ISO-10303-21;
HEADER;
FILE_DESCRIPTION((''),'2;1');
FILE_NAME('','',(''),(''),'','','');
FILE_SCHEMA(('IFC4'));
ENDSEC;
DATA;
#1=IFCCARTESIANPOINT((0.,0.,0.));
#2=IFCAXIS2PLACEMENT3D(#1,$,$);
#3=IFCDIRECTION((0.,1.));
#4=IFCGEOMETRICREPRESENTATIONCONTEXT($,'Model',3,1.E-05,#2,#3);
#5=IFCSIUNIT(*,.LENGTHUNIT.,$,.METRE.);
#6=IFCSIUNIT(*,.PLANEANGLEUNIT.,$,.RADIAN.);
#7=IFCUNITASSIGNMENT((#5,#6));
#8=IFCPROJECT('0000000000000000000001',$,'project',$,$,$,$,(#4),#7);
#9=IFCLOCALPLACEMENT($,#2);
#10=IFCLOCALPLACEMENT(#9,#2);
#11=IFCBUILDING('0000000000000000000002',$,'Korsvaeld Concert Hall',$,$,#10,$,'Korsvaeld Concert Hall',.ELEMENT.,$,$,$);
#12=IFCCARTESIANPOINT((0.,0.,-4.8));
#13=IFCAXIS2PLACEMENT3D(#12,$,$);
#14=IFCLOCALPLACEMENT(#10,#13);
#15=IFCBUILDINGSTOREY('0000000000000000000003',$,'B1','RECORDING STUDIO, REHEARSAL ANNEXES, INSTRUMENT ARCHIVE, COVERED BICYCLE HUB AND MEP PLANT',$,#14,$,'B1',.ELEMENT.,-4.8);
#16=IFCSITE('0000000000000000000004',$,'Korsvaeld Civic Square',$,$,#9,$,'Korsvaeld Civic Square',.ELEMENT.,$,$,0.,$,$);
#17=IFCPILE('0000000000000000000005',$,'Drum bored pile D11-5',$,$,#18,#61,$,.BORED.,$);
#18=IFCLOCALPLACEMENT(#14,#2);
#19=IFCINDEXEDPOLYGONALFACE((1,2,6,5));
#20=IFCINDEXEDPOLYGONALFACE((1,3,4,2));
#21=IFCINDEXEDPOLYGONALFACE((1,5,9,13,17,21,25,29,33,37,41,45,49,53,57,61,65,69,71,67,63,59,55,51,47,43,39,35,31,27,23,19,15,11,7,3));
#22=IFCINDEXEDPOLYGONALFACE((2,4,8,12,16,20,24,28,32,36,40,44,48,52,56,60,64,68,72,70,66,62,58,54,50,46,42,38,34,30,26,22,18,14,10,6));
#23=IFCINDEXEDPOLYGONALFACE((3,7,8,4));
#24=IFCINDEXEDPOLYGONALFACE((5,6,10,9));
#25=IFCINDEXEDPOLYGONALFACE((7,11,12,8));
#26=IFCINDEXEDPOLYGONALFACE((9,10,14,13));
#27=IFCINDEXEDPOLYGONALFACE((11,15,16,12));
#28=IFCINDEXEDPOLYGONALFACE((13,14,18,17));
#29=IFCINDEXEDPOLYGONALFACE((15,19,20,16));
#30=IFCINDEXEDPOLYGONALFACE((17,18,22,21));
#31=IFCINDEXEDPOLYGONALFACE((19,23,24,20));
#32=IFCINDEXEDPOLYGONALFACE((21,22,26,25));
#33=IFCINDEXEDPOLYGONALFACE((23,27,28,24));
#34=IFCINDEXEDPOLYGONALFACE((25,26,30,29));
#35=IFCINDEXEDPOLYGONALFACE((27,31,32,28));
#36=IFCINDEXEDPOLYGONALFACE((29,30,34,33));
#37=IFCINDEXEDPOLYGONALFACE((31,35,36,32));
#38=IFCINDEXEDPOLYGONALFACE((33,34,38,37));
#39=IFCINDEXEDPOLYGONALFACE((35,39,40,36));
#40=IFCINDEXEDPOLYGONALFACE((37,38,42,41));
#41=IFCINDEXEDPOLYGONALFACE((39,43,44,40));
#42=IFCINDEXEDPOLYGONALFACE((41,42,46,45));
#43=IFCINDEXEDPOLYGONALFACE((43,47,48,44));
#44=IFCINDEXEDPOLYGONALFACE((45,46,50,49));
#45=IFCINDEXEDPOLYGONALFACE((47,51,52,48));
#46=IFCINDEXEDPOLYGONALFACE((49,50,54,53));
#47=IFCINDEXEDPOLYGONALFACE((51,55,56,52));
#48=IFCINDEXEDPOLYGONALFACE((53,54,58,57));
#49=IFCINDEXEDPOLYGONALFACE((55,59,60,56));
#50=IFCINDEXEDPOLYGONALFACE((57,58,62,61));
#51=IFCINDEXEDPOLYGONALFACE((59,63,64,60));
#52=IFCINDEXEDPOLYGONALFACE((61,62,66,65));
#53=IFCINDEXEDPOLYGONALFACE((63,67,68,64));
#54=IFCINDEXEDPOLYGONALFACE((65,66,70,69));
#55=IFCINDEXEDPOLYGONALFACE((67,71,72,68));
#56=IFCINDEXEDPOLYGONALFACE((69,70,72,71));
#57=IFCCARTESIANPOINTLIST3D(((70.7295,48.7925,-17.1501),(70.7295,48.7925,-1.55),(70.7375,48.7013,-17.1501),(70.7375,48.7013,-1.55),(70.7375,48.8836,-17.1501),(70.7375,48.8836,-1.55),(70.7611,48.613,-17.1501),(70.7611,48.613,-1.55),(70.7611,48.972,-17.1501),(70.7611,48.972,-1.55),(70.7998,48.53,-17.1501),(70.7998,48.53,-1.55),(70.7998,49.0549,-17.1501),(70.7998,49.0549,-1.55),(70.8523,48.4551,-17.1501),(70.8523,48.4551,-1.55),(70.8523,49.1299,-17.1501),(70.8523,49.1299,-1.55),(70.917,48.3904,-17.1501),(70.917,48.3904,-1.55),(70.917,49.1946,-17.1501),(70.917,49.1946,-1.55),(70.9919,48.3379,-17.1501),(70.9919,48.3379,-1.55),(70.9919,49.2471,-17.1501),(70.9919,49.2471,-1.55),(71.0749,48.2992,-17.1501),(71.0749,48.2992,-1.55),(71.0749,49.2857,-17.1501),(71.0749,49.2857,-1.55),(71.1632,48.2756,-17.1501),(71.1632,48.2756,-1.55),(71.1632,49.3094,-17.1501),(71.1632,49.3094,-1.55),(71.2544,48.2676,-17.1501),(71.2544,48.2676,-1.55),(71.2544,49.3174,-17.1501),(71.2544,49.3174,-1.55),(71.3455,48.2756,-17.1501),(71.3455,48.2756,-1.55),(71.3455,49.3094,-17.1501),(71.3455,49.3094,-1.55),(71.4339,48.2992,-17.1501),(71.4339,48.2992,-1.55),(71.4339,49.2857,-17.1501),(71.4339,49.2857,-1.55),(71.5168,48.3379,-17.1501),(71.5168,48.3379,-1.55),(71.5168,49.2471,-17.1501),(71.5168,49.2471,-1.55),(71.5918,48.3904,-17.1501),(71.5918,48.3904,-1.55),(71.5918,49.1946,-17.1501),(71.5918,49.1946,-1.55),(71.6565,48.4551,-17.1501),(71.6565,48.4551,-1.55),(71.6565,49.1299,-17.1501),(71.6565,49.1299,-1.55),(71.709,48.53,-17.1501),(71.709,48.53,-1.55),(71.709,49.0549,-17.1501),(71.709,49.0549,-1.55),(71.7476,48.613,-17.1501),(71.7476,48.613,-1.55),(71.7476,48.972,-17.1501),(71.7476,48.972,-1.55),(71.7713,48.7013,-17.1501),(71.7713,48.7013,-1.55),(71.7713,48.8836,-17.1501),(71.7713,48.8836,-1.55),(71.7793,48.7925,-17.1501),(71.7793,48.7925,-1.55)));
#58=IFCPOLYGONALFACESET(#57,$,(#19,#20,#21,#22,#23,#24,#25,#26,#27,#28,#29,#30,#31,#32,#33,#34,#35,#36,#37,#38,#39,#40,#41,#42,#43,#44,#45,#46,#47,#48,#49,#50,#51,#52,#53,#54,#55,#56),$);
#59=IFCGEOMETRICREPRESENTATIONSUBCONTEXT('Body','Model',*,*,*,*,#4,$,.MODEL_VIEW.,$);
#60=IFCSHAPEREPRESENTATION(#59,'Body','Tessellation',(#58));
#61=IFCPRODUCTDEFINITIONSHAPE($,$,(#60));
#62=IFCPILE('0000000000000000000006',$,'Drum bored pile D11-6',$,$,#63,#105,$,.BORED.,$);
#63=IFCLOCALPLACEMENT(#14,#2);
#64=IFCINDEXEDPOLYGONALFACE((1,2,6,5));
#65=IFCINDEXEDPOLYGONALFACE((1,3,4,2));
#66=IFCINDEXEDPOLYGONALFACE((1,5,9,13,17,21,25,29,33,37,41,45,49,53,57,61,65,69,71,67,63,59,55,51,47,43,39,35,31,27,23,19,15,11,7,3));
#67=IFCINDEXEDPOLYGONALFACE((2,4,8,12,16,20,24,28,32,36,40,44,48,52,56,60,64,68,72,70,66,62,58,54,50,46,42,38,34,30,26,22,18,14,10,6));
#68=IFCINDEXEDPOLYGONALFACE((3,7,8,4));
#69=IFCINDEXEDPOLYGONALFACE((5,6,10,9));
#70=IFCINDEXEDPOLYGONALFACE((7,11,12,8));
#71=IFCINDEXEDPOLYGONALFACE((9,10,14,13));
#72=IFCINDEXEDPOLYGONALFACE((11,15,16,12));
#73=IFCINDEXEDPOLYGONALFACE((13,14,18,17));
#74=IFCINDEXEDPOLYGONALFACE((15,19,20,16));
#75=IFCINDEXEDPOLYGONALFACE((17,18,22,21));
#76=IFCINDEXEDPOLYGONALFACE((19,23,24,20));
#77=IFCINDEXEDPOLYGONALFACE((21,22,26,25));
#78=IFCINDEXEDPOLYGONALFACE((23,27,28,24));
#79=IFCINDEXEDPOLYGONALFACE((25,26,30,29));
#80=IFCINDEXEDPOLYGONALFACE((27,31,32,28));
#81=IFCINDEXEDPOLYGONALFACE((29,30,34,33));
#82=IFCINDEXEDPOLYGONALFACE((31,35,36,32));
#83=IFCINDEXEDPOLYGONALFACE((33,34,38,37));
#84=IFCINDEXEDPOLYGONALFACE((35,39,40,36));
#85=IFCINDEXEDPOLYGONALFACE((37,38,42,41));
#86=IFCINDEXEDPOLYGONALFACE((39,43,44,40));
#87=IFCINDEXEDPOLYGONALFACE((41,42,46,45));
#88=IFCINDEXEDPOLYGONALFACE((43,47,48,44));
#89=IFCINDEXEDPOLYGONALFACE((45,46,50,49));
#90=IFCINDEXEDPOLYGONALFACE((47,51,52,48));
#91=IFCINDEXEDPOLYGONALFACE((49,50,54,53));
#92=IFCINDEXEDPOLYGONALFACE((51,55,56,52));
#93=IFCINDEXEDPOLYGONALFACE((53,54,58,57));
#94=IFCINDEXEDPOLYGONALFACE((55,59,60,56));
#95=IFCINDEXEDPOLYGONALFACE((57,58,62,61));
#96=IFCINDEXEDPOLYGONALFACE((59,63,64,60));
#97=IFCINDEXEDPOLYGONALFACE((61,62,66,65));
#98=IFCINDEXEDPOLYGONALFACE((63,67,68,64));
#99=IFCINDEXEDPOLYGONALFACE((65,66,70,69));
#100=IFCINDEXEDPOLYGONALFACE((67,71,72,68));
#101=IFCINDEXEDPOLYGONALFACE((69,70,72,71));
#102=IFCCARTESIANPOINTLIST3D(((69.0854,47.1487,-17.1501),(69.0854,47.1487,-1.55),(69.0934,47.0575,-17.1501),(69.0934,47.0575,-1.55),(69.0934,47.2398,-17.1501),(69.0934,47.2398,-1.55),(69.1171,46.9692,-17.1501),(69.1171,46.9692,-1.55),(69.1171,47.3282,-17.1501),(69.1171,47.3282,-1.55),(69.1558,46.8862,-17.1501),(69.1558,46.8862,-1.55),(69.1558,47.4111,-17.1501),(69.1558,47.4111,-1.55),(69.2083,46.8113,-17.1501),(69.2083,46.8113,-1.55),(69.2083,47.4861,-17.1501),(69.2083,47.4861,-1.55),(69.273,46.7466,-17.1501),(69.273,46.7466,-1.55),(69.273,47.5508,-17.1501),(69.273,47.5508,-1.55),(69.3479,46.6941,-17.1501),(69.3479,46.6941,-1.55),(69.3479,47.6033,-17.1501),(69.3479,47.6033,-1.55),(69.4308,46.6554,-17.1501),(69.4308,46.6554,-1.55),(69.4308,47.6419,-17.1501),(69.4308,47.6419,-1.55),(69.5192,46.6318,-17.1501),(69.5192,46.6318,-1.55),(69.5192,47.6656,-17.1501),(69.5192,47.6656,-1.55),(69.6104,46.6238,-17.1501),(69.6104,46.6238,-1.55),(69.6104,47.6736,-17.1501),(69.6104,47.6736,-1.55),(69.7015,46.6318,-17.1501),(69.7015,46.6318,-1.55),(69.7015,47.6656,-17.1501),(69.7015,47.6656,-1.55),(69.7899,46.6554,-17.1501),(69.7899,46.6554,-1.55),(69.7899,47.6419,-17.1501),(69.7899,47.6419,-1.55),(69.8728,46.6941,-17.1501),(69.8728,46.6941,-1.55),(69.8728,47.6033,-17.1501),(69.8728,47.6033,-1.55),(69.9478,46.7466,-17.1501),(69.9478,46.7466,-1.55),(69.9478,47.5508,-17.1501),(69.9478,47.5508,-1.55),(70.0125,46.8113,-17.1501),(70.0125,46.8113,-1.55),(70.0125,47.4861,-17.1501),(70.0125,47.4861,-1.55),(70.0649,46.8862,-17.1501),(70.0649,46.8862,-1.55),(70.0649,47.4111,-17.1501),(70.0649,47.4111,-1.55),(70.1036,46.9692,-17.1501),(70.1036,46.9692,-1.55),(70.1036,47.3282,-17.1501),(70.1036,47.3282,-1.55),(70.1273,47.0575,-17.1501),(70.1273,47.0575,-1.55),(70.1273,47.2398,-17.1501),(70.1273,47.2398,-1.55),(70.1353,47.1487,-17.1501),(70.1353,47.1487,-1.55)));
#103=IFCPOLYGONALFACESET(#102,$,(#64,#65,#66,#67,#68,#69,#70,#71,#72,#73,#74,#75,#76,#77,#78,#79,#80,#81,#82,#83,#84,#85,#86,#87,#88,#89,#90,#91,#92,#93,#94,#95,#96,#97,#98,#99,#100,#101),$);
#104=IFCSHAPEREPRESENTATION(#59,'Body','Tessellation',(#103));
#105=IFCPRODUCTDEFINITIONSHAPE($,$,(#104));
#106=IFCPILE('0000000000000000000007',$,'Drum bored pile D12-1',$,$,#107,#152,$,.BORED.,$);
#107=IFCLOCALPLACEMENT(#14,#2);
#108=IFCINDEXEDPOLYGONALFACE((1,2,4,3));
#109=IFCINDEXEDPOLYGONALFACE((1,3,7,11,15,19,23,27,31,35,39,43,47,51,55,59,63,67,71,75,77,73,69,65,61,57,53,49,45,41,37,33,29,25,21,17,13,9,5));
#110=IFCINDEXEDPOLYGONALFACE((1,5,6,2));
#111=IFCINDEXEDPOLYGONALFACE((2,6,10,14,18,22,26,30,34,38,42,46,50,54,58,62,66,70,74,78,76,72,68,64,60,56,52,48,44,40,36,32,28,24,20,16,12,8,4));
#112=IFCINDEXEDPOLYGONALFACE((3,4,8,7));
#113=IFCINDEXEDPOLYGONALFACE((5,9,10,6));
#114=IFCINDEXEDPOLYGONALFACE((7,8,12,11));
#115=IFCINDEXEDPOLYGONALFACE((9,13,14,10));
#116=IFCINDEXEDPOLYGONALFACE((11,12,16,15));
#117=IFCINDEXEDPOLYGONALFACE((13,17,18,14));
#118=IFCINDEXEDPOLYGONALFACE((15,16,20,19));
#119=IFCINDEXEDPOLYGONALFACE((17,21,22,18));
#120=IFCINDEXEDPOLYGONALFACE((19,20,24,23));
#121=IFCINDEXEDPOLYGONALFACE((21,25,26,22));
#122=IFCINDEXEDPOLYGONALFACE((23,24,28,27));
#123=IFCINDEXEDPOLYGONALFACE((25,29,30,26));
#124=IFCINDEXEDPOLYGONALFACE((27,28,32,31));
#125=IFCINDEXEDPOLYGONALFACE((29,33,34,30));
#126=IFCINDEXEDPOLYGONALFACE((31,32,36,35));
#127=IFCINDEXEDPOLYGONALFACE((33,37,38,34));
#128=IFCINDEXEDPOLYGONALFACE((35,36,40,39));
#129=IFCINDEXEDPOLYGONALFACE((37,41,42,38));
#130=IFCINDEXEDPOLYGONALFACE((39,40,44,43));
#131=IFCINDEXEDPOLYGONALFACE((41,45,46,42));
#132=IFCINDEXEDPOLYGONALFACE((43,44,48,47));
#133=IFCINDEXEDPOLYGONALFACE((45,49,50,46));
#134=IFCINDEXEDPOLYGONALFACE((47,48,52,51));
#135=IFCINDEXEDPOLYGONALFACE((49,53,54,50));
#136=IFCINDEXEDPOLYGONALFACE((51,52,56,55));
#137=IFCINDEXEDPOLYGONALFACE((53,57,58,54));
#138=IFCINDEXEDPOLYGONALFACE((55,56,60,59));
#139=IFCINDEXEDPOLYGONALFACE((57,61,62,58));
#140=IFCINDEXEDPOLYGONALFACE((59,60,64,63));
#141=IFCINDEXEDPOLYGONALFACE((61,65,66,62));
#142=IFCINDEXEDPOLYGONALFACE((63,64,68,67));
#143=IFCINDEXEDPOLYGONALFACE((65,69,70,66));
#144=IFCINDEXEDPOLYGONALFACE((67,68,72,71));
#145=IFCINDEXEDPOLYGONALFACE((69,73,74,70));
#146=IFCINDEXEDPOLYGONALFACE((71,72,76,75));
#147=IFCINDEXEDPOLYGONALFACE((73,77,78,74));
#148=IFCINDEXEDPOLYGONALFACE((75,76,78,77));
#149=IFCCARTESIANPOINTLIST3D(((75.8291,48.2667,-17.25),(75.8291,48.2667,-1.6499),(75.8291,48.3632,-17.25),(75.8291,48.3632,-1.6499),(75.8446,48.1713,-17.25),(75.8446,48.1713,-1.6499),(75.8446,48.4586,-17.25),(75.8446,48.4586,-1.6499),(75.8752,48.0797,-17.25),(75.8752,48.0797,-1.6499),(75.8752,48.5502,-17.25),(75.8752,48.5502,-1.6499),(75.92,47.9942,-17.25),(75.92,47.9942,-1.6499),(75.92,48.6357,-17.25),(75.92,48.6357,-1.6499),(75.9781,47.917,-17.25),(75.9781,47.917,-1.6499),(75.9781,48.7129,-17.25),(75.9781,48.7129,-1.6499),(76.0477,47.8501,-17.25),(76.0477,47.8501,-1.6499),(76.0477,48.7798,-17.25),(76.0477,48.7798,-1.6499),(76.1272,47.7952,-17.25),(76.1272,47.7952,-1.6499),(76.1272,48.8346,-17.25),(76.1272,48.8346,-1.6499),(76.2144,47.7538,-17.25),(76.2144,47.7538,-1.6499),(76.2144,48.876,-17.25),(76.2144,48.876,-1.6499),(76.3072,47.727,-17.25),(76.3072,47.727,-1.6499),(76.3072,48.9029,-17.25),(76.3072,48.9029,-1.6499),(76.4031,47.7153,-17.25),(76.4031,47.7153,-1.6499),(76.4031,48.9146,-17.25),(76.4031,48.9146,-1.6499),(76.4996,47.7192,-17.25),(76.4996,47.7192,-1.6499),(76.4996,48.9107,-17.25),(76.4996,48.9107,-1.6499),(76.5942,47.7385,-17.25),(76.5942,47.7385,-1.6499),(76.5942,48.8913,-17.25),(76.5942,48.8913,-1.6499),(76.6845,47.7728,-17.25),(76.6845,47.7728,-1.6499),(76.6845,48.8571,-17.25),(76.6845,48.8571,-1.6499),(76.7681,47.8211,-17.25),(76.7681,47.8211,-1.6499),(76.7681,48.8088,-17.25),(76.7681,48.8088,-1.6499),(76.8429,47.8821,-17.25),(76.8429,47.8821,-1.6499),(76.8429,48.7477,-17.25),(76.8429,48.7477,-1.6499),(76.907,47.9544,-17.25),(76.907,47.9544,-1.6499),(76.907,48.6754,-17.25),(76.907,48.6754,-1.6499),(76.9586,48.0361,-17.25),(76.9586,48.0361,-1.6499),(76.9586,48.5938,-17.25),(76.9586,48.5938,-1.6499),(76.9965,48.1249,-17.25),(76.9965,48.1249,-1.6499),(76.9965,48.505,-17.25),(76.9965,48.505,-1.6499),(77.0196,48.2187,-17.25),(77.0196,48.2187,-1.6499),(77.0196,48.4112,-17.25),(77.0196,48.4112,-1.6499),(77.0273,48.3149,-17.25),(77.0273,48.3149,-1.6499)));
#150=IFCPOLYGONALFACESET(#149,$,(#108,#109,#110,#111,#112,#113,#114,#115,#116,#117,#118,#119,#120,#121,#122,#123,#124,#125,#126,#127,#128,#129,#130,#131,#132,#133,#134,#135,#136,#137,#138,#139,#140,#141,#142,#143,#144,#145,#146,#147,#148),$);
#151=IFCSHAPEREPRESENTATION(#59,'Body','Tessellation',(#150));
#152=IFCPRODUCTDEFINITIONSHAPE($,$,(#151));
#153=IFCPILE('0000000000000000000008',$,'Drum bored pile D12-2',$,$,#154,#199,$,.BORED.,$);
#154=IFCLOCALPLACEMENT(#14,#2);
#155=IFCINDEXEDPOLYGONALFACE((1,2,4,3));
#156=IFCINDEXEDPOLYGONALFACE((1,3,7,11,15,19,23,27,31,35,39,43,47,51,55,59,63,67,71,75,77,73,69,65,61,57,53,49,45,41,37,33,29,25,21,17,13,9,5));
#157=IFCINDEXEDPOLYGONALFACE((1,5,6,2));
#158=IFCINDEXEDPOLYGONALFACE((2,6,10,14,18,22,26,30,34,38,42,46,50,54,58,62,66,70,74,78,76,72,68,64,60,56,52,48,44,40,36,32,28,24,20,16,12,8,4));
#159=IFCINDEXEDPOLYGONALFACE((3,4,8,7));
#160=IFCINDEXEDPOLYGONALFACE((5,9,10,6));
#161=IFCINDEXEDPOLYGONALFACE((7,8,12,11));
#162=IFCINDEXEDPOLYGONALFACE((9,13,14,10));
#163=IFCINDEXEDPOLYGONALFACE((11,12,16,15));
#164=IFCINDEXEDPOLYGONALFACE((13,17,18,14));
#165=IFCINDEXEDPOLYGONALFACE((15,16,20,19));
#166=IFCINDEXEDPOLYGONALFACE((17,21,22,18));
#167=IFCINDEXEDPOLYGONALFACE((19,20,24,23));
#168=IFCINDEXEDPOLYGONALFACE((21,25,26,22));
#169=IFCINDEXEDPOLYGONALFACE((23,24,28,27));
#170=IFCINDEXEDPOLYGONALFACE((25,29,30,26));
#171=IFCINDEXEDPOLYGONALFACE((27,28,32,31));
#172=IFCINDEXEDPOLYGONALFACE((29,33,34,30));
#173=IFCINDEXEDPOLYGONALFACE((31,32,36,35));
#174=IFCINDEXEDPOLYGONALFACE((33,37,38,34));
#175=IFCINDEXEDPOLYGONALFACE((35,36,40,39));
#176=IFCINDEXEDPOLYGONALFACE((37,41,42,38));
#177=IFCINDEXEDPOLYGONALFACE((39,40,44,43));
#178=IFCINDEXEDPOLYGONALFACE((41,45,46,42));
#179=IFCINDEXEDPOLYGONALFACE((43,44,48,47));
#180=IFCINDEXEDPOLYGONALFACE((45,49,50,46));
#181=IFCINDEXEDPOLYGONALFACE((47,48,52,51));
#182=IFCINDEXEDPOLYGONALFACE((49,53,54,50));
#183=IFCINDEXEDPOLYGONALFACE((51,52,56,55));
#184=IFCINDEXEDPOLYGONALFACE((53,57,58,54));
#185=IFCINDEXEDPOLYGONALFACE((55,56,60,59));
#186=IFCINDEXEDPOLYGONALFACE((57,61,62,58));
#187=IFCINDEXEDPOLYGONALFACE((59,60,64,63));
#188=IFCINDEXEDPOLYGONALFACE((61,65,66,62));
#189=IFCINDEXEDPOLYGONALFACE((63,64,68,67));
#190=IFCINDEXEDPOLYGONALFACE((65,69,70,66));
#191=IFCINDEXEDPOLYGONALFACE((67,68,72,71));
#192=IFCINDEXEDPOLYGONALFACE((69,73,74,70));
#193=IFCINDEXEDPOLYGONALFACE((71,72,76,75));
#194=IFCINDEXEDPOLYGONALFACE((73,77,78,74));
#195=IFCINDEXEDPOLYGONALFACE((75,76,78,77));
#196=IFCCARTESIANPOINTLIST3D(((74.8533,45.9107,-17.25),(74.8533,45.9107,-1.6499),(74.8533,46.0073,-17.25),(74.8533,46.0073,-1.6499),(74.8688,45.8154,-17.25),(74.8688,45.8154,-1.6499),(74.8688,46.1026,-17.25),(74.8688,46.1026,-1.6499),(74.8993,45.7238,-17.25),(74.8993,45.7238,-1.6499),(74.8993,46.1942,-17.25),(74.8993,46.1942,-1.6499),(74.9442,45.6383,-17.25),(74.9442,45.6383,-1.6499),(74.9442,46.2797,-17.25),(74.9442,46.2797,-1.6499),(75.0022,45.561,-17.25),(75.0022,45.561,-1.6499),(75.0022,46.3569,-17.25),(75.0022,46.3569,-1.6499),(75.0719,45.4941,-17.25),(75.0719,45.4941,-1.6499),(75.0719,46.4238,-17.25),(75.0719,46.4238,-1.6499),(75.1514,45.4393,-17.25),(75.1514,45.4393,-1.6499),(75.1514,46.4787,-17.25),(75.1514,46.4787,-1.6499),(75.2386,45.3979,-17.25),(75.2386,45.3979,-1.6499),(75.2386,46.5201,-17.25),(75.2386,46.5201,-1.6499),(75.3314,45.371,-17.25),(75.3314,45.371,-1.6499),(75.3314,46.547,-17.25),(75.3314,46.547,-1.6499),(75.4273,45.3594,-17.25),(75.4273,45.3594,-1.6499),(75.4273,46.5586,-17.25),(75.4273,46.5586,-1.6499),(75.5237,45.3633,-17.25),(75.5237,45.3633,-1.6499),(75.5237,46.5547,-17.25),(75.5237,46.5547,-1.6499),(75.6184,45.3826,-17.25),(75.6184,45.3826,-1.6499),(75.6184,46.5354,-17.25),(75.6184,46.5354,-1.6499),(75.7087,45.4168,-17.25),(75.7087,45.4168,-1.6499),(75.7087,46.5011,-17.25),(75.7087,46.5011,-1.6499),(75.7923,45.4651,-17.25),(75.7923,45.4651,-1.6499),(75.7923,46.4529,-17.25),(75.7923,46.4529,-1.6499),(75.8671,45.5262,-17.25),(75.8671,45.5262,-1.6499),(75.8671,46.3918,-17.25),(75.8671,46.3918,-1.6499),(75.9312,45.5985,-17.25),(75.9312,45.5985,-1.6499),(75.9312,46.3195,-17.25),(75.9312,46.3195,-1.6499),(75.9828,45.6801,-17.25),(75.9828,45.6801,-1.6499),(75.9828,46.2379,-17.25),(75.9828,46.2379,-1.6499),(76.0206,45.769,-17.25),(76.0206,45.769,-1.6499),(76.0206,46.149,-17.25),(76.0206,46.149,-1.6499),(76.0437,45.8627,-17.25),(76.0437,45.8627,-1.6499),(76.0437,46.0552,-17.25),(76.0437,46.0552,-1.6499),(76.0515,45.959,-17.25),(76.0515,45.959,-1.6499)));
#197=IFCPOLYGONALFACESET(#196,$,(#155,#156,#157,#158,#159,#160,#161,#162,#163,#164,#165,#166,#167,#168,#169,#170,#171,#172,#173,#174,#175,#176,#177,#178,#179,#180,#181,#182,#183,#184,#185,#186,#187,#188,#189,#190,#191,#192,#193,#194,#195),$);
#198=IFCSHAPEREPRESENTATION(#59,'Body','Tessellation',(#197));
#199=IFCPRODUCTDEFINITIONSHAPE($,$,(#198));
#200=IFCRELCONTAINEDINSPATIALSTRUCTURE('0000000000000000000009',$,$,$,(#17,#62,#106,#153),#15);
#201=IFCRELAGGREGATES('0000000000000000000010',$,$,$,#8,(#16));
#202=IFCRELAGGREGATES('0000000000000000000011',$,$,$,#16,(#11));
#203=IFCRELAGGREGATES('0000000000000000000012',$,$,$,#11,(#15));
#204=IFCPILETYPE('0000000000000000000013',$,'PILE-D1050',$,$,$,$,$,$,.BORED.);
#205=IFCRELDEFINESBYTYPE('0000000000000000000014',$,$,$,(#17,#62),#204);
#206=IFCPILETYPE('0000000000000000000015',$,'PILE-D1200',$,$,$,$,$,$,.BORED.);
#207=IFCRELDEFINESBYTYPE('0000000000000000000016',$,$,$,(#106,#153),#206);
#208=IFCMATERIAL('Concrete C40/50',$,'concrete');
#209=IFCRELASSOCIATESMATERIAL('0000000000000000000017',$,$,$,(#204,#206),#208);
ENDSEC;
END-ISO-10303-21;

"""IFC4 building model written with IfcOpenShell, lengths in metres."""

from ifc_helpers import new_model, si_unit, direction, frame, origin, origin_2d, place, context, subcontext, project, spatial, circle, extrude, material, material_profile, profile_set, type_object, element, save


model = new_model("IFC4")

# Units and contexts
model_context = context("Model", 3, precision=1e-05, world=origin(), true_north=direction((0.0, 1.0)))
body_context = subcontext(model_context, "Body", "Model", "MODEL_VIEW")
ifc_project = project(units=[si_unit("LENGTHUNIT", "METRE"), si_unit("PLANEANGLEUNIT", "RADIAN")], contexts=[model_context])

# Site, building, storey
site_placement = place(None, origin())
site = spatial("IfcSite", under=ifc_project, at=site_placement, Name="Korsvaeld Civic Square", LongName="Korsvaeld Civic Square", CompositionType="ELEMENT", RefElevation=0.0)
building_placement = place(site_placement, origin())
building = spatial("IfcBuilding", under=site, at=building_placement, Name="Korsvaeld Concert Hall", LongName="Korsvaeld Concert Hall", CompositionType="ELEMENT")
storey_placement = place(building_placement, frame((0.0, 0.0, -4.8)))
storey = spatial("IfcBuildingStorey", under=building, at=storey_placement, Name="B1", Description="RECORDING STUDIO, REHEARSAL ANNEXES, INSTRUMENT ARCHIVE, COVERED BICYCLE HUB AND MEP PLANT", LongName="B1", CompositionType="ELEMENT", Elevation=-4.8)

# Piles
ifc_material_1 = material(Name="Concrete C40/50", Category="concrete")
ifc_material_profile_1 = material_profile(ifc_material_1, circle(Radius=0.5249, at=origin_2d()), Name="BORED PILE D1050")
ifc_profile_set_1 = profile_set([ifc_material_profile_1], Name="Concrete C40/50")
pile_type_1 = type_object("IfcPileType", Name="PILE-D1050", PredefinedType="BORED", material=ifc_profile_set_1)
for number, where, z_axis, x_axis, name in (
    (1, (71.2544, 48.7925, -1.55), (0.0, 0.0, -1.0), (1.0, 0.0, 0.0), "Drum bored pile D11-5"),
    (2, (69.6104, 47.1487, -1.55), (0.0, 0.0, -1.0), (1.0, 0.0, 0.0), "Drum bored pile D11-6"),
):
    element("IfcPile", number, at=place(storey_placement, frame(where, z_axis=z_axis, x_axis=x_axis)), inside=storey, type_object=pile_type_1, Name=name, PredefinedType="BORED", context=body_context, shape_type="SweptSolid", body=[
        extrude(circle(Radius=0.5249, at=origin_2d()), origin(), (0.0, 0.0, 1.0), 15.6001),
    ])
ifc_material_profile_2 = material_profile(ifc_material_1, circle(Radius=0.6001, at=origin_2d()), Name="BORED PILE D1200")
ifc_profile_set_2 = profile_set([ifc_material_profile_2], Name="Concrete C40/50")
pile_type_2 = type_object("IfcPileType", Name="PILE-D1200", PredefinedType="BORED", material=ifc_profile_set_2)
for number, where, z_axis, x_axis, name in (
    (3, (76.4272, 48.3149, -1.6499), (0.0, 0.0, -1.0), (1.0, 0.0, 0.0), "Drum bored pile D12-1"),
    (4, (75.4514, 45.959, -1.6499), (0.0, 0.0, -1.0), (1.0, 0.0, 0.0), "Drum bored pile D12-2"),
):
    element("IfcPile", number, at=place(storey_placement, frame(where, z_axis=z_axis, x_axis=x_axis)), inside=storey, type_object=pile_type_2, Name=name, PredefinedType="BORED", context=body_context, shape_type="SweptSolid", body=[
        extrude(circle(Radius=0.6001, at=origin_2d()), origin(), (0.0, 0.0, 1.0), 15.6001),
    ])

save(model, "model.ifc")
